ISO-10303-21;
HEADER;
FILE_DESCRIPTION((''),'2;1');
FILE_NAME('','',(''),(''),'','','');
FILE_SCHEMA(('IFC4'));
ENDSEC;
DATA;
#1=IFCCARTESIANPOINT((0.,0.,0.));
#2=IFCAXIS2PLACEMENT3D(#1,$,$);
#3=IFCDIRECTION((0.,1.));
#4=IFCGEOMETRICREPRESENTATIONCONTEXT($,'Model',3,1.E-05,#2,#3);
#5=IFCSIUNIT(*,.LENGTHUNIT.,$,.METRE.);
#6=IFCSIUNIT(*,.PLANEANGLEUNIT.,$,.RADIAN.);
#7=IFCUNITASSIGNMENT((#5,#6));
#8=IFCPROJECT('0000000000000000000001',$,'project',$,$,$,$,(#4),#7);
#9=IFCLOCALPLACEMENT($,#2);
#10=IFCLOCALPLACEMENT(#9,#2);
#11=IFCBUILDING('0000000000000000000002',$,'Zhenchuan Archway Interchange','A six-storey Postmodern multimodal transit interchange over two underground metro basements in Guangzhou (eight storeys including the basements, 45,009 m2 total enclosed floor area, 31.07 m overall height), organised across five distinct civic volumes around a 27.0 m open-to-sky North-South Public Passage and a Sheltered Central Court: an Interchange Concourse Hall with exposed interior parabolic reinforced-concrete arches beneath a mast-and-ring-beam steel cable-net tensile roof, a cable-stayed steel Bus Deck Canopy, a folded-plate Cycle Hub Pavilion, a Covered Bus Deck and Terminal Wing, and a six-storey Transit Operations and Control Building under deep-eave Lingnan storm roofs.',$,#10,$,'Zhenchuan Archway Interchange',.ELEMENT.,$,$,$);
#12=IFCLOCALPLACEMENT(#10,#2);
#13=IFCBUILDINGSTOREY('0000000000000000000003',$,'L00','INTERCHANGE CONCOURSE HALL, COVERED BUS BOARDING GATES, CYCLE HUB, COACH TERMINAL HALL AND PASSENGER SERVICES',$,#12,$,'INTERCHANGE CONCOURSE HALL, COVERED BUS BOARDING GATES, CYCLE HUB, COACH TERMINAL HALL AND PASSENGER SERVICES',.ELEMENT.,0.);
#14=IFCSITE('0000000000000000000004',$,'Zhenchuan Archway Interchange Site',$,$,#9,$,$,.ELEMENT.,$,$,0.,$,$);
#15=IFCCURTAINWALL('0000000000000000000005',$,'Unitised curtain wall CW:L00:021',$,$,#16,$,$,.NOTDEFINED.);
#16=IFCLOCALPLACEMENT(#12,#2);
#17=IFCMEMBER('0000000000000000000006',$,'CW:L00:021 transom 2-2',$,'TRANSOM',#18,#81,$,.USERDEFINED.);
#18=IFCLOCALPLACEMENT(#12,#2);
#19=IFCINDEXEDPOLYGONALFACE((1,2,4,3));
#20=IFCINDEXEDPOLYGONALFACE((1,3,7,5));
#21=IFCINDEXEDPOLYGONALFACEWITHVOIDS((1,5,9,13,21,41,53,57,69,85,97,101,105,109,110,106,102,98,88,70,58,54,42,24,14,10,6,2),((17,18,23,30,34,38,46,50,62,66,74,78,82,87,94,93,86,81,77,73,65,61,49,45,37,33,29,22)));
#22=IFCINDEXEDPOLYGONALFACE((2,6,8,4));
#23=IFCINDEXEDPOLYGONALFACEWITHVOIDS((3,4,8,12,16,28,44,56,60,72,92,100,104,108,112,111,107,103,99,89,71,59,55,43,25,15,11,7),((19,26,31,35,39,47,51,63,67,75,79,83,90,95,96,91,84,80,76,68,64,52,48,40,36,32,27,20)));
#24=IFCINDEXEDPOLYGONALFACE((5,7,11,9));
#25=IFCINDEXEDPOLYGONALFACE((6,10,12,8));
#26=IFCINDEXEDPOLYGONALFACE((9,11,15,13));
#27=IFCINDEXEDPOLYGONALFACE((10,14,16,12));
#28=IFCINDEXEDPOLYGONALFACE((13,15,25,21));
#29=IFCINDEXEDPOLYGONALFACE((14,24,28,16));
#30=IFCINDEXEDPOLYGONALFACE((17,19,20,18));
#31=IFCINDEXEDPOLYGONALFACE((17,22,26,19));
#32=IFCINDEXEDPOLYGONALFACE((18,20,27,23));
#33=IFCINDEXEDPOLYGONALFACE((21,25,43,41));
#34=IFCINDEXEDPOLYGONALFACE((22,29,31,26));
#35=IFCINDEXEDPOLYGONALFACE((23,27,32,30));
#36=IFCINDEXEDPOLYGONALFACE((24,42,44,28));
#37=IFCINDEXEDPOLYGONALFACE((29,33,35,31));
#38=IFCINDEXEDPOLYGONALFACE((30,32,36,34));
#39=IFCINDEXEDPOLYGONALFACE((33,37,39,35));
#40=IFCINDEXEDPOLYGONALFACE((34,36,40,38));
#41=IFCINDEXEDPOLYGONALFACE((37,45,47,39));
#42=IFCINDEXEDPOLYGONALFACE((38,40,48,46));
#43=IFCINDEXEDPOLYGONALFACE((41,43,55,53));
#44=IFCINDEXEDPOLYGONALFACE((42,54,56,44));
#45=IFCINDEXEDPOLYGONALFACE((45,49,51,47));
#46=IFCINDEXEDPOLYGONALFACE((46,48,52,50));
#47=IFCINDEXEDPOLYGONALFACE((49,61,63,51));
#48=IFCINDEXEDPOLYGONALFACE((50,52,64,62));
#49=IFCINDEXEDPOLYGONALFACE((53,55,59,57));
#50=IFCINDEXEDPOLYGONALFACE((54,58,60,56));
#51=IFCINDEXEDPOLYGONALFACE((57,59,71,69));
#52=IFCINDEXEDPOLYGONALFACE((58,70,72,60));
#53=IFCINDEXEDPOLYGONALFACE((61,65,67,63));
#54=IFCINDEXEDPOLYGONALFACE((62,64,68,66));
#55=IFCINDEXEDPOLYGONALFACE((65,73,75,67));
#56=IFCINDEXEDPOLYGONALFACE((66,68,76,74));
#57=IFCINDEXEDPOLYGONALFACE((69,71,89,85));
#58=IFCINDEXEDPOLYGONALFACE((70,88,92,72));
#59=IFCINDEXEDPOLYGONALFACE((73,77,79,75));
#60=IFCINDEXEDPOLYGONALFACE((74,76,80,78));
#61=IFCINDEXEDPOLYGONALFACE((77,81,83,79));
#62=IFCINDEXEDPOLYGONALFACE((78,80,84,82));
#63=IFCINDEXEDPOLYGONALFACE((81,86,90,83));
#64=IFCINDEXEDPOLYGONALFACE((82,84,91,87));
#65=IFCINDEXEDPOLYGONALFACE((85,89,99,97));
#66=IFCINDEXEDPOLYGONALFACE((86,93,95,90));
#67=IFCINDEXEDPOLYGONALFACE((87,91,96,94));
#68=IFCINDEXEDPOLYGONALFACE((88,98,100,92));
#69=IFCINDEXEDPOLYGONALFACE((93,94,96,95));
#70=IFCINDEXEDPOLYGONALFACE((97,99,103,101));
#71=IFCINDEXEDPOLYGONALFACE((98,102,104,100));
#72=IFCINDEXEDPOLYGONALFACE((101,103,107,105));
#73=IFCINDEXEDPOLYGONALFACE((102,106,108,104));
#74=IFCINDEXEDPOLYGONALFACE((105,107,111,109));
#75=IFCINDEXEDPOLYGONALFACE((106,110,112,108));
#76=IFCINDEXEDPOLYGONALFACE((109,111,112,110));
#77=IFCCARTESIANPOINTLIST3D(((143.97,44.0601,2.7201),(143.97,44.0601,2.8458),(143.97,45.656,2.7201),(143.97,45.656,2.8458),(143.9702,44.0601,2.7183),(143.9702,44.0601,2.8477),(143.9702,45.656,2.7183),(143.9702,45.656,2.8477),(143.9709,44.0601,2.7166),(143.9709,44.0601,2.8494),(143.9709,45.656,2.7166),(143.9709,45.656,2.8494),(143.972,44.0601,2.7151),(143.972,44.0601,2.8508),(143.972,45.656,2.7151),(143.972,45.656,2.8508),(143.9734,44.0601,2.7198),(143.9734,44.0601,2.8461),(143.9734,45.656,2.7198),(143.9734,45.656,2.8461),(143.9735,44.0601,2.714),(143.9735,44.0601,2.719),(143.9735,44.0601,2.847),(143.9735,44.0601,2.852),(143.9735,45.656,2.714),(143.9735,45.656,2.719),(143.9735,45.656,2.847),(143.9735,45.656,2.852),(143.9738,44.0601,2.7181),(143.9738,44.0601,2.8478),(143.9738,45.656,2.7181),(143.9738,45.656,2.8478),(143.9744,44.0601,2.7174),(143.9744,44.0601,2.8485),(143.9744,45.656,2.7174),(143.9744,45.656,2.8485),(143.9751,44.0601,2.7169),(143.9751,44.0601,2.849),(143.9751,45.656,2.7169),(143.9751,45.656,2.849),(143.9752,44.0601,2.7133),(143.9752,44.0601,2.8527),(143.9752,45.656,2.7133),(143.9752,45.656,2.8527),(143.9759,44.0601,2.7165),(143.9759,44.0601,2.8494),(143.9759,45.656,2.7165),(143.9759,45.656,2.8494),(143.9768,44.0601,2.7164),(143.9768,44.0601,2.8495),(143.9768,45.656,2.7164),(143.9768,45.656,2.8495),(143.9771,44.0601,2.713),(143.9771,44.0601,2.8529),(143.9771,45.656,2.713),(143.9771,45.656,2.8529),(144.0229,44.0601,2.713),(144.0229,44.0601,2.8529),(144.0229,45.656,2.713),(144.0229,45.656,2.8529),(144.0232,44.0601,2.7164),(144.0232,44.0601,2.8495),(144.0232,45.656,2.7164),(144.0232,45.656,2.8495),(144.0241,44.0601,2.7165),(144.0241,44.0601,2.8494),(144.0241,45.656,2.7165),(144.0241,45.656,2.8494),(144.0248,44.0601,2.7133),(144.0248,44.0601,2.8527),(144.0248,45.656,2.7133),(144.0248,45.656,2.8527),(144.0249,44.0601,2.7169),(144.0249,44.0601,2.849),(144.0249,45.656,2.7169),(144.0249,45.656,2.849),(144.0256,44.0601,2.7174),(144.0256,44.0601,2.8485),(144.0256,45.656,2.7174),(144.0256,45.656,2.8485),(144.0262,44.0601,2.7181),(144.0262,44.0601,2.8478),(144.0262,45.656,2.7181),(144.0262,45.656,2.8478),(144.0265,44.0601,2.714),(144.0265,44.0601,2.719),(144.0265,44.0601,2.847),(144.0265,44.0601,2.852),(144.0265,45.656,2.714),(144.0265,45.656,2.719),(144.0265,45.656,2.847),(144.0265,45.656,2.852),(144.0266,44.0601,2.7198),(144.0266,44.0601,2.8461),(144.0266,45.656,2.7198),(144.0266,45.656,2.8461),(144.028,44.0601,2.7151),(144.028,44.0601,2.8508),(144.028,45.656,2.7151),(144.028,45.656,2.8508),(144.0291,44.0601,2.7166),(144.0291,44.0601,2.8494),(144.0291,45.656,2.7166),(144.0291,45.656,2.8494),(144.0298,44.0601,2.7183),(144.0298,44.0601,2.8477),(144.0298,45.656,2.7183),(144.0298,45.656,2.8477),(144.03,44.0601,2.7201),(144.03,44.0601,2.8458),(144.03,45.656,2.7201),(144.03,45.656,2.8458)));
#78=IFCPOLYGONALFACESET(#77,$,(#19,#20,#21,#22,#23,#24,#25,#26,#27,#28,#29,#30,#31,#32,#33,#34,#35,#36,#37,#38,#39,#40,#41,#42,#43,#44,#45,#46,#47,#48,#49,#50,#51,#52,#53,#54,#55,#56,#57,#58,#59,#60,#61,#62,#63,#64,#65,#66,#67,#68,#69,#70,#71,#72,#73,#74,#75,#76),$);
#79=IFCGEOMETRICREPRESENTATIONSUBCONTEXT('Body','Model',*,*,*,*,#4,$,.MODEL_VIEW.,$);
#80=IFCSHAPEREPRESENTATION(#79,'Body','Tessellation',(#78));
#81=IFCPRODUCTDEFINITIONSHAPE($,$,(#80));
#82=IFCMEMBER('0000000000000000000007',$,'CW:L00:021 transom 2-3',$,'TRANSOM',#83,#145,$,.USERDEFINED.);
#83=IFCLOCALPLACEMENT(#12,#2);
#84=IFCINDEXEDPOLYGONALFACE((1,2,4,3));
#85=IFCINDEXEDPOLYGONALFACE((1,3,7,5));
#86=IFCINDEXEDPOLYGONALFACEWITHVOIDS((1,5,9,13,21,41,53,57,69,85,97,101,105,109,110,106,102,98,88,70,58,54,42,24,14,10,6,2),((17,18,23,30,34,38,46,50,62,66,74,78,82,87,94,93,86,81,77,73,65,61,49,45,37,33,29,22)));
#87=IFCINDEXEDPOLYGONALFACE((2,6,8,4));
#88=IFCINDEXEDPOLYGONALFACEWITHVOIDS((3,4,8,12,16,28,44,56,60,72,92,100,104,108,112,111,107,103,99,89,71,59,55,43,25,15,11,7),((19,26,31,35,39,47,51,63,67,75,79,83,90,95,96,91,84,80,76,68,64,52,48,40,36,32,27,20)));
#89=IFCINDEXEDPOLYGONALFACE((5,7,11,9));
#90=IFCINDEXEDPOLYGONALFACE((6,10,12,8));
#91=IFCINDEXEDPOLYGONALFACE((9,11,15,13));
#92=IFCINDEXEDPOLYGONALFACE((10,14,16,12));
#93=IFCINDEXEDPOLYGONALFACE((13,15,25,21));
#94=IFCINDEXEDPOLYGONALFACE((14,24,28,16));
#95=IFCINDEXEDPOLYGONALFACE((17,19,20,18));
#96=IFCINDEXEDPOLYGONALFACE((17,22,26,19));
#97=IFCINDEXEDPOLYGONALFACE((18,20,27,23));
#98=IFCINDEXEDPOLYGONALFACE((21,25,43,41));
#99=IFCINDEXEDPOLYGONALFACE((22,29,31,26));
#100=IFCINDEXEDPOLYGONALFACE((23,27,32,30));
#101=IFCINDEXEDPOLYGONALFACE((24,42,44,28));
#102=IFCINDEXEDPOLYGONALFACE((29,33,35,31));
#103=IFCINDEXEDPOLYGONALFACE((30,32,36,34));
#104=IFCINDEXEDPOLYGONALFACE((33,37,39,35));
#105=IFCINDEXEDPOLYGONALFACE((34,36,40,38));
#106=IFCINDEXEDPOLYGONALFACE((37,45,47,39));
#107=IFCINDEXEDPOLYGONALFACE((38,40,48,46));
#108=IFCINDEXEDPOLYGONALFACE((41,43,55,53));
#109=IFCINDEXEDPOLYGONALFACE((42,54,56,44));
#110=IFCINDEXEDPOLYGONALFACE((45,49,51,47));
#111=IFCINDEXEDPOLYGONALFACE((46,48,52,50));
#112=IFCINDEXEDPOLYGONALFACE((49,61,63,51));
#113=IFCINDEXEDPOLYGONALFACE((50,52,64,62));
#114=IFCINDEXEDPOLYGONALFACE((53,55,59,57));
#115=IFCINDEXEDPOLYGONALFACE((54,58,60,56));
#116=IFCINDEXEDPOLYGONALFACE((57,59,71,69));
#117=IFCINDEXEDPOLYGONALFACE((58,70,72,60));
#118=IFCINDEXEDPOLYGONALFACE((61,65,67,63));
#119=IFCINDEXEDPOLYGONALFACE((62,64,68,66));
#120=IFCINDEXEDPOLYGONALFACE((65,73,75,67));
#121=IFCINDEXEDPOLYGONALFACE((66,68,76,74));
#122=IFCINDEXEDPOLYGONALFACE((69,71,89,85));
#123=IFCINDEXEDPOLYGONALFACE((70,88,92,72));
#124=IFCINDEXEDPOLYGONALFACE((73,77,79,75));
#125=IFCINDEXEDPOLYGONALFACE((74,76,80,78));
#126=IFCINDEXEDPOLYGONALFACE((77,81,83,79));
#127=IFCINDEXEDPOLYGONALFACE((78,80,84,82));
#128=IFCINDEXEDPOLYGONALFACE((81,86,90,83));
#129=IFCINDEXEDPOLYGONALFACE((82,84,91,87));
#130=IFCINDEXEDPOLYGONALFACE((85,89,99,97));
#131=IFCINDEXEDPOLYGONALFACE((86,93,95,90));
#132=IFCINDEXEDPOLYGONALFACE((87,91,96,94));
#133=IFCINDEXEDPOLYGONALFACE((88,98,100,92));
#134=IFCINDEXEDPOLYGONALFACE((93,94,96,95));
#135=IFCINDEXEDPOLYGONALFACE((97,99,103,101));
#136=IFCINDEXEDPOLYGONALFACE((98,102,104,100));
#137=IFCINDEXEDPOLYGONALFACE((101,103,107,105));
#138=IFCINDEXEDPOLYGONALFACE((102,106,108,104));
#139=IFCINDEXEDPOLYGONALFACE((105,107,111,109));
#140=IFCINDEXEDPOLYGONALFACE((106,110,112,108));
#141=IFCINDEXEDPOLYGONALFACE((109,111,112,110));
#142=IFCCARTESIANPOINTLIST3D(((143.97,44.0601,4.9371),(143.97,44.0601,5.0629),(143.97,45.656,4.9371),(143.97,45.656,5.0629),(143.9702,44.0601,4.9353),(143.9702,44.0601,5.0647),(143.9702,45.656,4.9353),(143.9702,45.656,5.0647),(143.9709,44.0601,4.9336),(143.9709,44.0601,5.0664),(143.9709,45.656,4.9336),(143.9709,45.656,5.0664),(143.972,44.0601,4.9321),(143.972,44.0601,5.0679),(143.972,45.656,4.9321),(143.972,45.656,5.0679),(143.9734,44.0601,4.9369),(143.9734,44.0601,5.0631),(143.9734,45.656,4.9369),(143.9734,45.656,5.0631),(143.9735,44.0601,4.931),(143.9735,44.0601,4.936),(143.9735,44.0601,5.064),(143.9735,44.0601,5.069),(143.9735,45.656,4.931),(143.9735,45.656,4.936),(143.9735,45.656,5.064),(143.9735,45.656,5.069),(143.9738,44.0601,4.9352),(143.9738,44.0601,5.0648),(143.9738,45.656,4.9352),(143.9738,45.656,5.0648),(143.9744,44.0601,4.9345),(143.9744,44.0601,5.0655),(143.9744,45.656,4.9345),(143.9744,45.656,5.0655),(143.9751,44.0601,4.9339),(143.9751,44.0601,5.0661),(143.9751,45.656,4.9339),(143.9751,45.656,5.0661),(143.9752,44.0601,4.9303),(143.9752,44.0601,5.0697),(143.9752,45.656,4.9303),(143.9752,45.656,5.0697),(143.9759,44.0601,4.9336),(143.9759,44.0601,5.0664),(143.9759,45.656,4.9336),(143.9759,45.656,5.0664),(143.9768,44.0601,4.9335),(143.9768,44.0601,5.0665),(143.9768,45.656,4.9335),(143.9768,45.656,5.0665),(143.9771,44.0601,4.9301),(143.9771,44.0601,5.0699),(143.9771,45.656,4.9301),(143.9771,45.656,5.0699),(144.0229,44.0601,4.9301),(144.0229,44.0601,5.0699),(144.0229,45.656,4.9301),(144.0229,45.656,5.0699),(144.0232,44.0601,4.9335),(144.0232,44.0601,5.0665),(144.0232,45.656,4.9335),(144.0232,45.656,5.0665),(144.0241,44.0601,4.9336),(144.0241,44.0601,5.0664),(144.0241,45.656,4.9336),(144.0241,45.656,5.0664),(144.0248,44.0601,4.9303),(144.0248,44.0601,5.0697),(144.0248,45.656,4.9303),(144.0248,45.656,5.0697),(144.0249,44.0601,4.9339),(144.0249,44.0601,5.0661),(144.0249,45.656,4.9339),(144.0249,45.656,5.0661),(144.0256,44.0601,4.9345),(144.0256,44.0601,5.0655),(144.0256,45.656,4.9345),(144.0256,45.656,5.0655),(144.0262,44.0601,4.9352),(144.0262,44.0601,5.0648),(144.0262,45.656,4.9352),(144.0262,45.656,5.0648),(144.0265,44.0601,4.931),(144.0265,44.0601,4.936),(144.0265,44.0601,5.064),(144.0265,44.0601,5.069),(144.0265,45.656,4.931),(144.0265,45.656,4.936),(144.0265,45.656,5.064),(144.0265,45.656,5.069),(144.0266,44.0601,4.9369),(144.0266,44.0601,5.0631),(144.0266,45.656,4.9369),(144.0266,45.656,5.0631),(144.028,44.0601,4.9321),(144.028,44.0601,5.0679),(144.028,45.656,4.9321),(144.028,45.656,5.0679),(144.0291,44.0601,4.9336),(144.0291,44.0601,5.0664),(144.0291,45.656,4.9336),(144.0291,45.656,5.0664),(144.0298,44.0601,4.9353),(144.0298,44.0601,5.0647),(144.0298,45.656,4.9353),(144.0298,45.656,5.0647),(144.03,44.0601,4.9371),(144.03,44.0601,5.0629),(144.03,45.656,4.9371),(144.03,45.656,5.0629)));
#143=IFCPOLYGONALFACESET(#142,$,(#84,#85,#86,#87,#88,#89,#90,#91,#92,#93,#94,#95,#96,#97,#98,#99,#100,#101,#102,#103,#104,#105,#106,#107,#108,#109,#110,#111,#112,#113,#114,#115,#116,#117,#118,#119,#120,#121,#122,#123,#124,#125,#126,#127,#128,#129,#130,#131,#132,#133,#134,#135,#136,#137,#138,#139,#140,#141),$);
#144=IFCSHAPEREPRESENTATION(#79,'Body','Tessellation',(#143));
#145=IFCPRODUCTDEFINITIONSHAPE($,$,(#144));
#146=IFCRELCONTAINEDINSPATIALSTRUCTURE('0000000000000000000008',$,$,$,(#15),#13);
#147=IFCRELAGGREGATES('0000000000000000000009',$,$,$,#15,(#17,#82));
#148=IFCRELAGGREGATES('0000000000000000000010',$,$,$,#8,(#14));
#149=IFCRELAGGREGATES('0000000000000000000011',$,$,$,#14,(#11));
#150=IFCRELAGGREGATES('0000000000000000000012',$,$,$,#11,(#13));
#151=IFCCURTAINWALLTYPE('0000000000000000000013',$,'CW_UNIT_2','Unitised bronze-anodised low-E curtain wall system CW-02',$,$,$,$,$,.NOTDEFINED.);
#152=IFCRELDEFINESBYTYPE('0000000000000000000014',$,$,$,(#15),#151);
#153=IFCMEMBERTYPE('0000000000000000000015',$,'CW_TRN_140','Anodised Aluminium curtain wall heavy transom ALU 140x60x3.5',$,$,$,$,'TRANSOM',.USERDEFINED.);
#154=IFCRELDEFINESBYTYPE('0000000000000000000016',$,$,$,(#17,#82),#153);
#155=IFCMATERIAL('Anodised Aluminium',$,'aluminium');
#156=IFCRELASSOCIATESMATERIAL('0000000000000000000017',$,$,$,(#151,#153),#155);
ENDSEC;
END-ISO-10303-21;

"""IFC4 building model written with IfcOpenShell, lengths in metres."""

from ifc_helpers import new_model, si_unit, direction, frame, origin, origin_2d, place, context, subcontext, project, spatial, hollow_rectangle, extrude, material, material_profile, profile_set, type_object, element, aggregate, save


model = new_model("IFC4")

# Units and contexts
model_context = context("Model", 3, precision=1e-05, world=origin(), true_north=direction((0.0, 1.0)))
body_context = subcontext(model_context, "Body", "Model", "MODEL_VIEW")
ifc_project = project(units=[si_unit("LENGTHUNIT", "METRE"), si_unit("PLANEANGLEUNIT", "RADIAN")], contexts=[model_context])

# Site, building, storey
site_placement = place(None, origin())
site = spatial("IfcSite", under=ifc_project, at=site_placement, Name="Zhenchuan Archway Interchange Site", CompositionType="ELEMENT", RefElevation=0.0)
building_placement = place(site_placement, origin())
building = spatial("IfcBuilding", under=site, at=building_placement, Name="Zhenchuan Archway Interchange", Description="A six-storey Postmodern multimodal transit interchange over two underground metro basements in Guangzhou (eight storeys including the basements, 45,009 m2 total enclosed floor area, 31.07 m overall height), organised across five distinct civic volumes around a 27.0 m open-to-sky North-South Public Passage and a Sheltered Central Court: an Interchange Concourse Hall with exposed interior parabolic reinforced-concrete arches beneath a mast-and-ring-beam steel cable-net tensile roof, a cable-stayed steel Bus Deck Canopy, a folded-plate Cycle Hub Pavilion, a Covered Bus Deck and Terminal Wing, and a six-storey Transit Operations and Control Building under deep-eave Lingnan storm roofs.", LongName="Zhenchuan Archway Interchange", CompositionType="ELEMENT")
storey_placement = place(building_placement, origin())
storey = spatial("IfcBuildingStorey", under=building, at=storey_placement, Name="L00", Description="INTERCHANGE CONCOURSE HALL, COVERED BUS BOARDING GATES, CYCLE HUB, COACH TERMINAL HALL AND PASSENGER SERVICES", LongName="INTERCHANGE CONCOURSE HALL, COVERED BUS BOARDING GATES, CYCLE HUB, COACH TERMINAL HALL AND PASSENGER SERVICES", CompositionType="ELEMENT", Elevation=0.0)

# Curtain wall, members
ifc_material_1 = material(Name="Anodised Aluminium", Category="aluminium")
curtain_wall_type = type_object("IfcCurtainWallType", Name="CW_UNIT_2", Description="Unitised bronze-anodised low-E curtain wall system CW-02", PredefinedType="NOTDEFINED", material=ifc_material_1)
curtain_wall_placement = place(storey_placement, origin())
curtain_wall = element("IfcCurtainWall", 1, at=curtain_wall_placement, inside=storey, type_object=curtain_wall_type, Name="Unitised curtain wall CW:L00:021", PredefinedType="NOTDEFINED")
ifc_material_profile_1 = material_profile(ifc_material_1, hollow_rectangle(XDim=0.0601, YDim=0.1399, WallThickness=0.0034, InnerFilletRadius=0.0034, OuterFilletRadius=0.0071, at=origin_2d()), Name="ALU 140x60x3.5")
ifc_profile_set_1 = profile_set([ifc_material_profile_1], Name="Anodised Aluminium")
member_type_1 = type_object("IfcMemberType", Name="CW_TRN_140", Description="Anodised Aluminium curtain wall heavy transom ALU 140x60x3.5", ElementType="TRANSOM", PredefinedType="USERDEFINED", material=ifc_profile_set_1)
member_1_placement = place(storey_placement, frame((144.0, 44.0601, 2.783), z_axis=(0.0, 1.0, 0.0), x_axis=(-1.0, 0.0, 0.0)))
member_1 = element("IfcMember", 2, at=member_1_placement, type_object=member_type_1, Name="CW:L00:021 transom 2-2", ObjectType="TRANSOM", PredefinedType="USERDEFINED", context=body_context, shape_type="SweptSolid", body=[
    extrude(hollow_rectangle(XDim=0.0601, YDim=0.1399, WallThickness=0.0034, InnerFilletRadius=0.0034, OuterFilletRadius=0.0071, at=origin_2d()), origin(), (0.0, 0.0, 1.0), 1.5959),
])
member_2_placement = place(storey_placement, frame((144.0, 44.0601, 5.0), z_axis=(0.0, 1.0, 0.0), x_axis=(-1.0, 0.0, 0.0)))
member_2 = element("IfcMember", 3, at=member_2_placement, type_object=member_type_1, Name="CW:L00:021 transom 2-3", ObjectType="TRANSOM", PredefinedType="USERDEFINED", context=body_context, shape_type="SweptSolid", body=[
    extrude(hollow_rectangle(XDim=0.0601, YDim=0.1399, WallThickness=0.0034, InnerFilletRadius=0.0034, OuterFilletRadius=0.0071, at=origin_2d()), origin(), (0.0, 0.0, 1.0), 1.5959),
])
aggregate(curtain_wall, [member_1, member_2])

save(model, "model.ifc")
